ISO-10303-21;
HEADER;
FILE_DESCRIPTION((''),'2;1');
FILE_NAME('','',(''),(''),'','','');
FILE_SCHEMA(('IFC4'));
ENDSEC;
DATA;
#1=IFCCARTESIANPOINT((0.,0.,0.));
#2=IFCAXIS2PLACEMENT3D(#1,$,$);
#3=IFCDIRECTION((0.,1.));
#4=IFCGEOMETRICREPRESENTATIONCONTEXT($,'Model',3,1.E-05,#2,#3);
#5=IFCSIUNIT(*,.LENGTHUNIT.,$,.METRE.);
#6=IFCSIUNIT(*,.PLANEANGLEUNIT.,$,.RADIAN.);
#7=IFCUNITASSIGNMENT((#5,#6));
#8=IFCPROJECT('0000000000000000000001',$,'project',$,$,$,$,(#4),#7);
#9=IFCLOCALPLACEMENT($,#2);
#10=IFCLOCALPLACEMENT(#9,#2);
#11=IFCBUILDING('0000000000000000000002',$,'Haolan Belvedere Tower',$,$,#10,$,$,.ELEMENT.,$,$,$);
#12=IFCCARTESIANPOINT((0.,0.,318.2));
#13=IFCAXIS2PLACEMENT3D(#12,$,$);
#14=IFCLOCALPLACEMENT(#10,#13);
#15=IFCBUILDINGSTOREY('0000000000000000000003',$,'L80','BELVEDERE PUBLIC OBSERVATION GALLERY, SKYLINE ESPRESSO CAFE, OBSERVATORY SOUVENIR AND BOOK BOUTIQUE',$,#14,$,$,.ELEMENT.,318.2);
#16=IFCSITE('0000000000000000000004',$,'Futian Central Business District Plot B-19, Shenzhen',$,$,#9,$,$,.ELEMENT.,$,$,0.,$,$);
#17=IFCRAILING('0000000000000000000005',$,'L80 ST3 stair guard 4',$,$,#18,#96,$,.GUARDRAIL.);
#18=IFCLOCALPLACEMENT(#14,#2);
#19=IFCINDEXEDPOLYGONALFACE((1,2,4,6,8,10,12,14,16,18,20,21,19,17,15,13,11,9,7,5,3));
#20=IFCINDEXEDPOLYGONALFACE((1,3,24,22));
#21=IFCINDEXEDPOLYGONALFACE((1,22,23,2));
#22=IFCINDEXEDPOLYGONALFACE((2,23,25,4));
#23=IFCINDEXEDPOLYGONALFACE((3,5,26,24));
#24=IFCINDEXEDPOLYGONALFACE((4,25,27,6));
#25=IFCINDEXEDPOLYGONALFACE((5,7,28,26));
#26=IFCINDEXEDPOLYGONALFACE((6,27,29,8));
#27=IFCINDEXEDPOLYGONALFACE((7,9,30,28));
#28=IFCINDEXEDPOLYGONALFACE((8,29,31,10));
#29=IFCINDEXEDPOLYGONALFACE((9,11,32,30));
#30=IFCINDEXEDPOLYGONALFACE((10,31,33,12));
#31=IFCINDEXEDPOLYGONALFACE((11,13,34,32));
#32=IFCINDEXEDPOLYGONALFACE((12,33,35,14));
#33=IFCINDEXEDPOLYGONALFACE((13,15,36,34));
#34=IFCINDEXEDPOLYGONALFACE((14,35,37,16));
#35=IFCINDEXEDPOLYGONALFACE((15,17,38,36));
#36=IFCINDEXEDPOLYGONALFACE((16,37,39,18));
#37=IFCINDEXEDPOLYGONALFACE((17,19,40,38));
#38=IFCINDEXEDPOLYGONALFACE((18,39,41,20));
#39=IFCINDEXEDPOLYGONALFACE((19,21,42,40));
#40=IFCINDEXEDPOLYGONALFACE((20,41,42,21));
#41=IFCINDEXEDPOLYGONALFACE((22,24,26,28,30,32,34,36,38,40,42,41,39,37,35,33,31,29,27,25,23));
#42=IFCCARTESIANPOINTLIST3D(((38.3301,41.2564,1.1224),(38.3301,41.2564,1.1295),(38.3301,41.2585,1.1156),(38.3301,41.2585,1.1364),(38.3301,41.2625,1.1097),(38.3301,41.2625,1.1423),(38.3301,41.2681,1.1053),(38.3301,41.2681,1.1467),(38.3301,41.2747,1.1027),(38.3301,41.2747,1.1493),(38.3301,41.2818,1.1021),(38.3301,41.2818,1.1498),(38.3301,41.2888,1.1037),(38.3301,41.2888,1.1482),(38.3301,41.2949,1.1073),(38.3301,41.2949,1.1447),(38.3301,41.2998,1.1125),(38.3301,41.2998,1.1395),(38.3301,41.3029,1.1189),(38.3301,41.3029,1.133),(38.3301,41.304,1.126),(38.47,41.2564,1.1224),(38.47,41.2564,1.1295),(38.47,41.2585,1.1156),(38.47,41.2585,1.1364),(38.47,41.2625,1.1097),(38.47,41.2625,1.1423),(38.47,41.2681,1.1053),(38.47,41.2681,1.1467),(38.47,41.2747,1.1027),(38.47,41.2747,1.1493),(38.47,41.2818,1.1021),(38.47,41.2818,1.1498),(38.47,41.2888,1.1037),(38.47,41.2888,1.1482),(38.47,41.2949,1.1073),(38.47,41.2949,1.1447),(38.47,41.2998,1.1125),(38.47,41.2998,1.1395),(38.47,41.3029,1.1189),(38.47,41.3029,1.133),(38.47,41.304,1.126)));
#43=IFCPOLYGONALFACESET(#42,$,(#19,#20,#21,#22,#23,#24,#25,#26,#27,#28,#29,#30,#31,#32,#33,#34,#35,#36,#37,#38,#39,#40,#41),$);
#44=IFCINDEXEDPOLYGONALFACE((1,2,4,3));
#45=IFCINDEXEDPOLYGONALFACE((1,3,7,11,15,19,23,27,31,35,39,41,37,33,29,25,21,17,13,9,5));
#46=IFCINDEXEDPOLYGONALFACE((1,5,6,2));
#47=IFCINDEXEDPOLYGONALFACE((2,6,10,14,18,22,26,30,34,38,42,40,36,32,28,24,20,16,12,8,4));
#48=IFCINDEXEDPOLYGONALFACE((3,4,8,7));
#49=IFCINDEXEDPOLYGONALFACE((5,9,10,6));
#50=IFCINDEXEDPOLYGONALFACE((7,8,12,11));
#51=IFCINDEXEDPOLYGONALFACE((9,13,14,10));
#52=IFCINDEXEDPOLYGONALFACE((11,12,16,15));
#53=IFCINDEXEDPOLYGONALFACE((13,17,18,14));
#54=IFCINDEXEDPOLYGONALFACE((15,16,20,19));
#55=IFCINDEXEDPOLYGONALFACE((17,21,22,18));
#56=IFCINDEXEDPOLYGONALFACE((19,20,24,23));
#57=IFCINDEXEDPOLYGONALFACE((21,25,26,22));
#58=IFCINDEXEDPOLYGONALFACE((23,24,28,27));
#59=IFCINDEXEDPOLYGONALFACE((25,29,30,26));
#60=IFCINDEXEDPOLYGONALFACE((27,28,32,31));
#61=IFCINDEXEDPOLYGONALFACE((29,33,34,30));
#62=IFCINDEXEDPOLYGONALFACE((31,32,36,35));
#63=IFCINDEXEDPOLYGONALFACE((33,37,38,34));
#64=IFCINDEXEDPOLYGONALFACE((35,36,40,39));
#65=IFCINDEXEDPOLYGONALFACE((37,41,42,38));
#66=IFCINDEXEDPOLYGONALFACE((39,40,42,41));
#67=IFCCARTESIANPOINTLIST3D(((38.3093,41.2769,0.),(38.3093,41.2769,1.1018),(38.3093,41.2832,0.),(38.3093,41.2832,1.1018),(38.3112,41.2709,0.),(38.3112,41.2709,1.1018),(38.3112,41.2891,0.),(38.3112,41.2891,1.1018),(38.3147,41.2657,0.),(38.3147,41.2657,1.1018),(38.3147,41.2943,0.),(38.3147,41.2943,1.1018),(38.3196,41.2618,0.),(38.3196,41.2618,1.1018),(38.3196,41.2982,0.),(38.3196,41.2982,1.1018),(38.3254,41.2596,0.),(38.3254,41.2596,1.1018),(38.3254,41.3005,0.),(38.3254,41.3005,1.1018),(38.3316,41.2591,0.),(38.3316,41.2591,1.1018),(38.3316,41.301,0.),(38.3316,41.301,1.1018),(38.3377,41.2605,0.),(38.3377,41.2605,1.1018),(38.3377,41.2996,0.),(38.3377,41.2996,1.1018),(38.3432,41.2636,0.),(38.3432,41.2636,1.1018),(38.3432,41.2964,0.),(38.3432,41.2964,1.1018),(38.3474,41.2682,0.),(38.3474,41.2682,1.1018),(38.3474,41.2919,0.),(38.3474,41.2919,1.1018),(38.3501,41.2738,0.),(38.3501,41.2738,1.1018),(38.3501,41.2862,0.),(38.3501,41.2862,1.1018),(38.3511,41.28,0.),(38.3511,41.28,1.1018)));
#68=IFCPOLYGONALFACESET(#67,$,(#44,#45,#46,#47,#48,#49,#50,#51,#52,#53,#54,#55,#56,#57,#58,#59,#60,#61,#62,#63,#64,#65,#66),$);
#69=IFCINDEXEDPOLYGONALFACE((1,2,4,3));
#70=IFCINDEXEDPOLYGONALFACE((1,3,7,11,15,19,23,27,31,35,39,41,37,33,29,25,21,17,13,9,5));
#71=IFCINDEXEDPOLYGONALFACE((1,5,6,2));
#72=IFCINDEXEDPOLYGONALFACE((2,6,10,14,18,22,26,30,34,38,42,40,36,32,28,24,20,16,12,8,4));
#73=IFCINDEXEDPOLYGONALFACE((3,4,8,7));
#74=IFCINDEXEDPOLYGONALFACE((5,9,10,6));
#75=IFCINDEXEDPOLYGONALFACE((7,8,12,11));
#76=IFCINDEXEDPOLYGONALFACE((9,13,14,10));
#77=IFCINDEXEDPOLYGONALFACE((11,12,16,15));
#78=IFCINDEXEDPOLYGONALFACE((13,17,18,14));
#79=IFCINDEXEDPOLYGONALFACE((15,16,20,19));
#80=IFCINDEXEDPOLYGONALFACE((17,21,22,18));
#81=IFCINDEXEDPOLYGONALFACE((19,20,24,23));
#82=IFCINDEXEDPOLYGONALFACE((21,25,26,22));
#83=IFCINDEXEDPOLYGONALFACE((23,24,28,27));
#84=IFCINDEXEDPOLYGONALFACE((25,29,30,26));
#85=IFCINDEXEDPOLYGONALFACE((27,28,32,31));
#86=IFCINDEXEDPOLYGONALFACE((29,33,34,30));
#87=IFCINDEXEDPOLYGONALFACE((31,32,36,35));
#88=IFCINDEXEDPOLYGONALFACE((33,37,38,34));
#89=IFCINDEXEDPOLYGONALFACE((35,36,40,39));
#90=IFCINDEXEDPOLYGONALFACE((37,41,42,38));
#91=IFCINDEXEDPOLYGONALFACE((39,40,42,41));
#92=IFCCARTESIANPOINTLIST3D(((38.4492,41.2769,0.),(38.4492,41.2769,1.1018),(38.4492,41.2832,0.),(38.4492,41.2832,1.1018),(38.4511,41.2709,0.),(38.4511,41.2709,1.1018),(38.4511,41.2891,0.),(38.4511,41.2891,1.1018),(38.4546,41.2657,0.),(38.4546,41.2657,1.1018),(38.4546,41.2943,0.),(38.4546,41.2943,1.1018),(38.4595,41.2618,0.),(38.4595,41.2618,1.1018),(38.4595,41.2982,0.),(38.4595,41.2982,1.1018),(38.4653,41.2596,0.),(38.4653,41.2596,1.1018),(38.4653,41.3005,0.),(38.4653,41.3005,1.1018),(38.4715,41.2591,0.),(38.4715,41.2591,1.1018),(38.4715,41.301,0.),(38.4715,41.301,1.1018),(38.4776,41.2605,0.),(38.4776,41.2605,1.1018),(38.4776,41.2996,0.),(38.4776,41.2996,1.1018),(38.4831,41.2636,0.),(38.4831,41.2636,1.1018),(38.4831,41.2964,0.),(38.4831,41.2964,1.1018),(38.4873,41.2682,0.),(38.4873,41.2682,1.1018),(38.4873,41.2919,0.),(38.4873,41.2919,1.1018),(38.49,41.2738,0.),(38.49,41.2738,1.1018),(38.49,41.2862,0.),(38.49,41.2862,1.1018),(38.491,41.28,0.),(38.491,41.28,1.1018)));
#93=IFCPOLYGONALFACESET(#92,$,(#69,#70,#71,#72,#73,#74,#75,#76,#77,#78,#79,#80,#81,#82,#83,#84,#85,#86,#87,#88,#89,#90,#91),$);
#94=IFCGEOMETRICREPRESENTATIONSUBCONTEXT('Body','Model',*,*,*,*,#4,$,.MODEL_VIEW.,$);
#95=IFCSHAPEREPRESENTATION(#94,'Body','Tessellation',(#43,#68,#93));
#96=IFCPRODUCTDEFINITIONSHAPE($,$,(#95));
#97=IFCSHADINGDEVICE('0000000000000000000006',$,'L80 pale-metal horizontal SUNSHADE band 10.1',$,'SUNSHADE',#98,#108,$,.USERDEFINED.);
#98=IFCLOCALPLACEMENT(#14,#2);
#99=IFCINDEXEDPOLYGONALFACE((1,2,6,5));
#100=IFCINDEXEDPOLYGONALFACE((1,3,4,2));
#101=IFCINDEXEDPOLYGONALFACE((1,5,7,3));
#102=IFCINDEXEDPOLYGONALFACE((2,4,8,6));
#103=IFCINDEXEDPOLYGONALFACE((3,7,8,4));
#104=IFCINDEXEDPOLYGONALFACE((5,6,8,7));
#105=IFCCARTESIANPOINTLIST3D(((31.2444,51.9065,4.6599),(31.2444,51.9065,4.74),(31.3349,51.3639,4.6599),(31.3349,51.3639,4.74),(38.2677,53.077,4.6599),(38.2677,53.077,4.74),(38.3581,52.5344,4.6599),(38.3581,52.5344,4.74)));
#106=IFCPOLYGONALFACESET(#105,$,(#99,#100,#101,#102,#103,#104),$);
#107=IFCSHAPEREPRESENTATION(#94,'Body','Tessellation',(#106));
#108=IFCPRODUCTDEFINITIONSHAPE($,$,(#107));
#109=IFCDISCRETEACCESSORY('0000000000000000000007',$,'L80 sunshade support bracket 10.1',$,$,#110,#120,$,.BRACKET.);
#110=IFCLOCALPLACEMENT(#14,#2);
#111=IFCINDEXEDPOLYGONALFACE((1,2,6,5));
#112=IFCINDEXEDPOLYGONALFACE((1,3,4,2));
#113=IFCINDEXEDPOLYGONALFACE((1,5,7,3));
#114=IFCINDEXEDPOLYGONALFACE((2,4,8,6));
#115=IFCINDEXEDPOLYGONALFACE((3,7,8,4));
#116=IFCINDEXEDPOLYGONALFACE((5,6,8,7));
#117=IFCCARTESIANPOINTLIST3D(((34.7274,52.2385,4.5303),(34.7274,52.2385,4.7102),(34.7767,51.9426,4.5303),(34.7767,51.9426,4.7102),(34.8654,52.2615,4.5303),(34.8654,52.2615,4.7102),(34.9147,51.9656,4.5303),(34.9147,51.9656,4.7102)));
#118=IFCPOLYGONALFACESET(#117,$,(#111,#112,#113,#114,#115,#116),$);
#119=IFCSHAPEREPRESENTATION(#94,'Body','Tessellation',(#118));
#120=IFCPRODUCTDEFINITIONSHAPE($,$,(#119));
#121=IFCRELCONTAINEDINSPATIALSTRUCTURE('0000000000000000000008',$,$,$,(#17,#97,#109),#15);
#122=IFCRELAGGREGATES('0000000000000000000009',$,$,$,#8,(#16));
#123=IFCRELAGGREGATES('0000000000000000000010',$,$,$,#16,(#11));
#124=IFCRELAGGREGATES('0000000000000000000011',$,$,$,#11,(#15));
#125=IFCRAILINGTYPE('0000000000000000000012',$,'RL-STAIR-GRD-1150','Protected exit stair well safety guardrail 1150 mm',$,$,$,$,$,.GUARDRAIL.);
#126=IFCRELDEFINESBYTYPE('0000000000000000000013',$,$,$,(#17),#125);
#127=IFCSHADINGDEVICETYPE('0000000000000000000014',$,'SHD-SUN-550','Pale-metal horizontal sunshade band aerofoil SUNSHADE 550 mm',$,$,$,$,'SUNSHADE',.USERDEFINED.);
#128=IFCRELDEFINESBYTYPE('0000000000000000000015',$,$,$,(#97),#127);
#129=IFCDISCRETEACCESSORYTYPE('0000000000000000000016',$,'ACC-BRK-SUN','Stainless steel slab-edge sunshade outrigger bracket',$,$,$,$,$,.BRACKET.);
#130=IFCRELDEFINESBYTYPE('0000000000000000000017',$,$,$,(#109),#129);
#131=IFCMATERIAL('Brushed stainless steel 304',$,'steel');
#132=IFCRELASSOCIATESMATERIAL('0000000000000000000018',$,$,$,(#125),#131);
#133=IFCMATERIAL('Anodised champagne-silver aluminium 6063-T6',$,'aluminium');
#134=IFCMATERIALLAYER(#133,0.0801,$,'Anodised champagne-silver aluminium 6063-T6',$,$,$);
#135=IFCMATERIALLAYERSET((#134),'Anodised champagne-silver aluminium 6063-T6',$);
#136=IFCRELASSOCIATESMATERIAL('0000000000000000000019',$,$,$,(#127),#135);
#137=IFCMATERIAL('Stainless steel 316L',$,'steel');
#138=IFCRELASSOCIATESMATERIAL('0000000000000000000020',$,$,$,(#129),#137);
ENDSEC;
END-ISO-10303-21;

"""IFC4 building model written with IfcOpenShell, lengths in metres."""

from ifc_helpers import new_model, si_unit, direction, frame, origin, origin_2d, place, context, subcontext, project, spatial, rectangle, circle, extrude, material, layer, layer_set, type_object, element, save


model = new_model("IFC4")

# Units and contexts
model_context = context("Model", 3, precision=1e-05, world=origin(), true_north=direction((0.0, 1.0)))
body_context = subcontext(model_context, "Body", "Model", "MODEL_VIEW")
ifc_project = project(units=[si_unit("LENGTHUNIT", "METRE"), si_unit("PLANEANGLEUNIT", "RADIAN")], contexts=[model_context])

# Site, building, storey
site_placement = place(None, origin())
site = spatial("IfcSite", under=ifc_project, at=site_placement, Name="Futian Central Business District Plot B-19, Shenzhen", CompositionType="ELEMENT", RefElevation=0.0)
building_placement = place(site_placement, origin())
building = spatial("IfcBuilding", under=site, at=building_placement, Name="Haolan Belvedere Tower", CompositionType="ELEMENT")
storey_placement = place(building_placement, frame((0.0, 0.0, 318.2)))
storey = spatial("IfcBuildingStorey", under=building, at=storey_placement, Name="L80", Description="BELVEDERE PUBLIC OBSERVATION GALLERY, SKYLINE ESPRESSO CAFE, OBSERVATORY SOUVENIR AND BOOK BOUTIQUE", CompositionType="ELEMENT", Elevation=318.2)

# Railing
ifc_material_1 = material(Name="Brushed stainless steel 304", Category="steel")
railing_type = type_object("IfcRailingType", Name="RL-STAIR-GRD-1150", Description="Protected exit stair well safety guardrail 1150 mm", PredefinedType="GUARDRAIL", material=ifc_material_1)
railing_1_placement = place(storey_placement, frame((38.3301, 41.28, 0.0)))
element("IfcRailing", 1, at=railing_1_placement, inside=storey, type_object=railing_type, Name="L80 ST3 stair guard 4", PredefinedType="GUARDRAIL", context=body_context, shape_type="SweptSolid", body=[
    extrude(circle(Radius=0.0239, at=origin_2d()), frame((0.0, 0.0, 1.126), z_axis=(1.0, 0.0, 0.0), x_axis=(0.0, 1.0, 0.0)), (0.0, 0.0, 1.0), 0.1399),
    extrude(circle(Radius=0.021, at=origin_2d()), origin(), (0.0, 0.0, 1.0), 1.1018),
    extrude(circle(Radius=0.021, at=origin_2d()), frame((0.1399, 0.0, 0.0)), (0.0, 0.0, 1.0), 1.1018),
])

# Shading device
ifc_material_2 = material(Name="Anodised champagne-silver aluminium 6063-T6", Category="aluminium")
ifc_layer_1 = layer(ifc_material_2, 0.0801, Name="Anodised champagne-silver aluminium 6063-T6")
ifc_layer_set_1 = layer_set([ifc_layer_1], Name="Anodised champagne-silver aluminium 6063-T6")
shading_device_type = type_object("IfcShadingDeviceType", Name="SHD-SUN-550", Description="Pale-metal horizontal sunshade band aerofoil SUNSHADE 550 mm", ElementType="SUNSHADE", PredefinedType="USERDEFINED", material=ifc_layer_set_1)
shading_device_placement = place(storey_placement, frame((34.8013, 52.2205, 4.6599), z_axis=(0.0, 0.0, 1.0), x_axis=(-0.986395, -0.164393, 0.0)))
element("IfcShadingDevice", 2, at=shading_device_placement, inside=storey, type_object=shading_device_type, Name="L80 pale-metal horizontal SUNSHADE band 10.1", ObjectType="SUNSHADE", PredefinedType="USERDEFINED", context=body_context, shape_type="SweptSolid", body=[
    extrude(rectangle(XDim=7.1201, YDim=0.55, at=origin_2d()), origin(), (0.0, 0.0, 1.0), 0.0801),
])

# Discrete accessory
ifc_material_3 = material(Name="Stainless steel 316L", Category="steel")
discrete_accessory_type = type_object("IfcDiscreteAccessoryType", Name="ACC-BRK-SUN", Description="Stainless steel slab-edge sunshade outrigger bracket", PredefinedType="BRACKET", material=ifc_material_3)
discrete_accessory_placement = place(storey_placement, frame((34.821, 52.1021, 4.5303), z_axis=(0.0, 0.0, 1.0), x_axis=(-0.986395, -0.164393, 0.0)))
element("IfcDiscreteAccessory", 3, at=discrete_accessory_placement, inside=storey, type_object=discrete_accessory_type, Name="L80 sunshade support bracket 10.1", PredefinedType="BRACKET", context=body_context, shape_type="SweptSolid", body=[
    extrude(rectangle(XDim=0.1399, YDim=0.3, at=origin_2d()), origin(), (0.0, 0.0, 1.0), 0.1799),
])

save(model, "model.ifc")
